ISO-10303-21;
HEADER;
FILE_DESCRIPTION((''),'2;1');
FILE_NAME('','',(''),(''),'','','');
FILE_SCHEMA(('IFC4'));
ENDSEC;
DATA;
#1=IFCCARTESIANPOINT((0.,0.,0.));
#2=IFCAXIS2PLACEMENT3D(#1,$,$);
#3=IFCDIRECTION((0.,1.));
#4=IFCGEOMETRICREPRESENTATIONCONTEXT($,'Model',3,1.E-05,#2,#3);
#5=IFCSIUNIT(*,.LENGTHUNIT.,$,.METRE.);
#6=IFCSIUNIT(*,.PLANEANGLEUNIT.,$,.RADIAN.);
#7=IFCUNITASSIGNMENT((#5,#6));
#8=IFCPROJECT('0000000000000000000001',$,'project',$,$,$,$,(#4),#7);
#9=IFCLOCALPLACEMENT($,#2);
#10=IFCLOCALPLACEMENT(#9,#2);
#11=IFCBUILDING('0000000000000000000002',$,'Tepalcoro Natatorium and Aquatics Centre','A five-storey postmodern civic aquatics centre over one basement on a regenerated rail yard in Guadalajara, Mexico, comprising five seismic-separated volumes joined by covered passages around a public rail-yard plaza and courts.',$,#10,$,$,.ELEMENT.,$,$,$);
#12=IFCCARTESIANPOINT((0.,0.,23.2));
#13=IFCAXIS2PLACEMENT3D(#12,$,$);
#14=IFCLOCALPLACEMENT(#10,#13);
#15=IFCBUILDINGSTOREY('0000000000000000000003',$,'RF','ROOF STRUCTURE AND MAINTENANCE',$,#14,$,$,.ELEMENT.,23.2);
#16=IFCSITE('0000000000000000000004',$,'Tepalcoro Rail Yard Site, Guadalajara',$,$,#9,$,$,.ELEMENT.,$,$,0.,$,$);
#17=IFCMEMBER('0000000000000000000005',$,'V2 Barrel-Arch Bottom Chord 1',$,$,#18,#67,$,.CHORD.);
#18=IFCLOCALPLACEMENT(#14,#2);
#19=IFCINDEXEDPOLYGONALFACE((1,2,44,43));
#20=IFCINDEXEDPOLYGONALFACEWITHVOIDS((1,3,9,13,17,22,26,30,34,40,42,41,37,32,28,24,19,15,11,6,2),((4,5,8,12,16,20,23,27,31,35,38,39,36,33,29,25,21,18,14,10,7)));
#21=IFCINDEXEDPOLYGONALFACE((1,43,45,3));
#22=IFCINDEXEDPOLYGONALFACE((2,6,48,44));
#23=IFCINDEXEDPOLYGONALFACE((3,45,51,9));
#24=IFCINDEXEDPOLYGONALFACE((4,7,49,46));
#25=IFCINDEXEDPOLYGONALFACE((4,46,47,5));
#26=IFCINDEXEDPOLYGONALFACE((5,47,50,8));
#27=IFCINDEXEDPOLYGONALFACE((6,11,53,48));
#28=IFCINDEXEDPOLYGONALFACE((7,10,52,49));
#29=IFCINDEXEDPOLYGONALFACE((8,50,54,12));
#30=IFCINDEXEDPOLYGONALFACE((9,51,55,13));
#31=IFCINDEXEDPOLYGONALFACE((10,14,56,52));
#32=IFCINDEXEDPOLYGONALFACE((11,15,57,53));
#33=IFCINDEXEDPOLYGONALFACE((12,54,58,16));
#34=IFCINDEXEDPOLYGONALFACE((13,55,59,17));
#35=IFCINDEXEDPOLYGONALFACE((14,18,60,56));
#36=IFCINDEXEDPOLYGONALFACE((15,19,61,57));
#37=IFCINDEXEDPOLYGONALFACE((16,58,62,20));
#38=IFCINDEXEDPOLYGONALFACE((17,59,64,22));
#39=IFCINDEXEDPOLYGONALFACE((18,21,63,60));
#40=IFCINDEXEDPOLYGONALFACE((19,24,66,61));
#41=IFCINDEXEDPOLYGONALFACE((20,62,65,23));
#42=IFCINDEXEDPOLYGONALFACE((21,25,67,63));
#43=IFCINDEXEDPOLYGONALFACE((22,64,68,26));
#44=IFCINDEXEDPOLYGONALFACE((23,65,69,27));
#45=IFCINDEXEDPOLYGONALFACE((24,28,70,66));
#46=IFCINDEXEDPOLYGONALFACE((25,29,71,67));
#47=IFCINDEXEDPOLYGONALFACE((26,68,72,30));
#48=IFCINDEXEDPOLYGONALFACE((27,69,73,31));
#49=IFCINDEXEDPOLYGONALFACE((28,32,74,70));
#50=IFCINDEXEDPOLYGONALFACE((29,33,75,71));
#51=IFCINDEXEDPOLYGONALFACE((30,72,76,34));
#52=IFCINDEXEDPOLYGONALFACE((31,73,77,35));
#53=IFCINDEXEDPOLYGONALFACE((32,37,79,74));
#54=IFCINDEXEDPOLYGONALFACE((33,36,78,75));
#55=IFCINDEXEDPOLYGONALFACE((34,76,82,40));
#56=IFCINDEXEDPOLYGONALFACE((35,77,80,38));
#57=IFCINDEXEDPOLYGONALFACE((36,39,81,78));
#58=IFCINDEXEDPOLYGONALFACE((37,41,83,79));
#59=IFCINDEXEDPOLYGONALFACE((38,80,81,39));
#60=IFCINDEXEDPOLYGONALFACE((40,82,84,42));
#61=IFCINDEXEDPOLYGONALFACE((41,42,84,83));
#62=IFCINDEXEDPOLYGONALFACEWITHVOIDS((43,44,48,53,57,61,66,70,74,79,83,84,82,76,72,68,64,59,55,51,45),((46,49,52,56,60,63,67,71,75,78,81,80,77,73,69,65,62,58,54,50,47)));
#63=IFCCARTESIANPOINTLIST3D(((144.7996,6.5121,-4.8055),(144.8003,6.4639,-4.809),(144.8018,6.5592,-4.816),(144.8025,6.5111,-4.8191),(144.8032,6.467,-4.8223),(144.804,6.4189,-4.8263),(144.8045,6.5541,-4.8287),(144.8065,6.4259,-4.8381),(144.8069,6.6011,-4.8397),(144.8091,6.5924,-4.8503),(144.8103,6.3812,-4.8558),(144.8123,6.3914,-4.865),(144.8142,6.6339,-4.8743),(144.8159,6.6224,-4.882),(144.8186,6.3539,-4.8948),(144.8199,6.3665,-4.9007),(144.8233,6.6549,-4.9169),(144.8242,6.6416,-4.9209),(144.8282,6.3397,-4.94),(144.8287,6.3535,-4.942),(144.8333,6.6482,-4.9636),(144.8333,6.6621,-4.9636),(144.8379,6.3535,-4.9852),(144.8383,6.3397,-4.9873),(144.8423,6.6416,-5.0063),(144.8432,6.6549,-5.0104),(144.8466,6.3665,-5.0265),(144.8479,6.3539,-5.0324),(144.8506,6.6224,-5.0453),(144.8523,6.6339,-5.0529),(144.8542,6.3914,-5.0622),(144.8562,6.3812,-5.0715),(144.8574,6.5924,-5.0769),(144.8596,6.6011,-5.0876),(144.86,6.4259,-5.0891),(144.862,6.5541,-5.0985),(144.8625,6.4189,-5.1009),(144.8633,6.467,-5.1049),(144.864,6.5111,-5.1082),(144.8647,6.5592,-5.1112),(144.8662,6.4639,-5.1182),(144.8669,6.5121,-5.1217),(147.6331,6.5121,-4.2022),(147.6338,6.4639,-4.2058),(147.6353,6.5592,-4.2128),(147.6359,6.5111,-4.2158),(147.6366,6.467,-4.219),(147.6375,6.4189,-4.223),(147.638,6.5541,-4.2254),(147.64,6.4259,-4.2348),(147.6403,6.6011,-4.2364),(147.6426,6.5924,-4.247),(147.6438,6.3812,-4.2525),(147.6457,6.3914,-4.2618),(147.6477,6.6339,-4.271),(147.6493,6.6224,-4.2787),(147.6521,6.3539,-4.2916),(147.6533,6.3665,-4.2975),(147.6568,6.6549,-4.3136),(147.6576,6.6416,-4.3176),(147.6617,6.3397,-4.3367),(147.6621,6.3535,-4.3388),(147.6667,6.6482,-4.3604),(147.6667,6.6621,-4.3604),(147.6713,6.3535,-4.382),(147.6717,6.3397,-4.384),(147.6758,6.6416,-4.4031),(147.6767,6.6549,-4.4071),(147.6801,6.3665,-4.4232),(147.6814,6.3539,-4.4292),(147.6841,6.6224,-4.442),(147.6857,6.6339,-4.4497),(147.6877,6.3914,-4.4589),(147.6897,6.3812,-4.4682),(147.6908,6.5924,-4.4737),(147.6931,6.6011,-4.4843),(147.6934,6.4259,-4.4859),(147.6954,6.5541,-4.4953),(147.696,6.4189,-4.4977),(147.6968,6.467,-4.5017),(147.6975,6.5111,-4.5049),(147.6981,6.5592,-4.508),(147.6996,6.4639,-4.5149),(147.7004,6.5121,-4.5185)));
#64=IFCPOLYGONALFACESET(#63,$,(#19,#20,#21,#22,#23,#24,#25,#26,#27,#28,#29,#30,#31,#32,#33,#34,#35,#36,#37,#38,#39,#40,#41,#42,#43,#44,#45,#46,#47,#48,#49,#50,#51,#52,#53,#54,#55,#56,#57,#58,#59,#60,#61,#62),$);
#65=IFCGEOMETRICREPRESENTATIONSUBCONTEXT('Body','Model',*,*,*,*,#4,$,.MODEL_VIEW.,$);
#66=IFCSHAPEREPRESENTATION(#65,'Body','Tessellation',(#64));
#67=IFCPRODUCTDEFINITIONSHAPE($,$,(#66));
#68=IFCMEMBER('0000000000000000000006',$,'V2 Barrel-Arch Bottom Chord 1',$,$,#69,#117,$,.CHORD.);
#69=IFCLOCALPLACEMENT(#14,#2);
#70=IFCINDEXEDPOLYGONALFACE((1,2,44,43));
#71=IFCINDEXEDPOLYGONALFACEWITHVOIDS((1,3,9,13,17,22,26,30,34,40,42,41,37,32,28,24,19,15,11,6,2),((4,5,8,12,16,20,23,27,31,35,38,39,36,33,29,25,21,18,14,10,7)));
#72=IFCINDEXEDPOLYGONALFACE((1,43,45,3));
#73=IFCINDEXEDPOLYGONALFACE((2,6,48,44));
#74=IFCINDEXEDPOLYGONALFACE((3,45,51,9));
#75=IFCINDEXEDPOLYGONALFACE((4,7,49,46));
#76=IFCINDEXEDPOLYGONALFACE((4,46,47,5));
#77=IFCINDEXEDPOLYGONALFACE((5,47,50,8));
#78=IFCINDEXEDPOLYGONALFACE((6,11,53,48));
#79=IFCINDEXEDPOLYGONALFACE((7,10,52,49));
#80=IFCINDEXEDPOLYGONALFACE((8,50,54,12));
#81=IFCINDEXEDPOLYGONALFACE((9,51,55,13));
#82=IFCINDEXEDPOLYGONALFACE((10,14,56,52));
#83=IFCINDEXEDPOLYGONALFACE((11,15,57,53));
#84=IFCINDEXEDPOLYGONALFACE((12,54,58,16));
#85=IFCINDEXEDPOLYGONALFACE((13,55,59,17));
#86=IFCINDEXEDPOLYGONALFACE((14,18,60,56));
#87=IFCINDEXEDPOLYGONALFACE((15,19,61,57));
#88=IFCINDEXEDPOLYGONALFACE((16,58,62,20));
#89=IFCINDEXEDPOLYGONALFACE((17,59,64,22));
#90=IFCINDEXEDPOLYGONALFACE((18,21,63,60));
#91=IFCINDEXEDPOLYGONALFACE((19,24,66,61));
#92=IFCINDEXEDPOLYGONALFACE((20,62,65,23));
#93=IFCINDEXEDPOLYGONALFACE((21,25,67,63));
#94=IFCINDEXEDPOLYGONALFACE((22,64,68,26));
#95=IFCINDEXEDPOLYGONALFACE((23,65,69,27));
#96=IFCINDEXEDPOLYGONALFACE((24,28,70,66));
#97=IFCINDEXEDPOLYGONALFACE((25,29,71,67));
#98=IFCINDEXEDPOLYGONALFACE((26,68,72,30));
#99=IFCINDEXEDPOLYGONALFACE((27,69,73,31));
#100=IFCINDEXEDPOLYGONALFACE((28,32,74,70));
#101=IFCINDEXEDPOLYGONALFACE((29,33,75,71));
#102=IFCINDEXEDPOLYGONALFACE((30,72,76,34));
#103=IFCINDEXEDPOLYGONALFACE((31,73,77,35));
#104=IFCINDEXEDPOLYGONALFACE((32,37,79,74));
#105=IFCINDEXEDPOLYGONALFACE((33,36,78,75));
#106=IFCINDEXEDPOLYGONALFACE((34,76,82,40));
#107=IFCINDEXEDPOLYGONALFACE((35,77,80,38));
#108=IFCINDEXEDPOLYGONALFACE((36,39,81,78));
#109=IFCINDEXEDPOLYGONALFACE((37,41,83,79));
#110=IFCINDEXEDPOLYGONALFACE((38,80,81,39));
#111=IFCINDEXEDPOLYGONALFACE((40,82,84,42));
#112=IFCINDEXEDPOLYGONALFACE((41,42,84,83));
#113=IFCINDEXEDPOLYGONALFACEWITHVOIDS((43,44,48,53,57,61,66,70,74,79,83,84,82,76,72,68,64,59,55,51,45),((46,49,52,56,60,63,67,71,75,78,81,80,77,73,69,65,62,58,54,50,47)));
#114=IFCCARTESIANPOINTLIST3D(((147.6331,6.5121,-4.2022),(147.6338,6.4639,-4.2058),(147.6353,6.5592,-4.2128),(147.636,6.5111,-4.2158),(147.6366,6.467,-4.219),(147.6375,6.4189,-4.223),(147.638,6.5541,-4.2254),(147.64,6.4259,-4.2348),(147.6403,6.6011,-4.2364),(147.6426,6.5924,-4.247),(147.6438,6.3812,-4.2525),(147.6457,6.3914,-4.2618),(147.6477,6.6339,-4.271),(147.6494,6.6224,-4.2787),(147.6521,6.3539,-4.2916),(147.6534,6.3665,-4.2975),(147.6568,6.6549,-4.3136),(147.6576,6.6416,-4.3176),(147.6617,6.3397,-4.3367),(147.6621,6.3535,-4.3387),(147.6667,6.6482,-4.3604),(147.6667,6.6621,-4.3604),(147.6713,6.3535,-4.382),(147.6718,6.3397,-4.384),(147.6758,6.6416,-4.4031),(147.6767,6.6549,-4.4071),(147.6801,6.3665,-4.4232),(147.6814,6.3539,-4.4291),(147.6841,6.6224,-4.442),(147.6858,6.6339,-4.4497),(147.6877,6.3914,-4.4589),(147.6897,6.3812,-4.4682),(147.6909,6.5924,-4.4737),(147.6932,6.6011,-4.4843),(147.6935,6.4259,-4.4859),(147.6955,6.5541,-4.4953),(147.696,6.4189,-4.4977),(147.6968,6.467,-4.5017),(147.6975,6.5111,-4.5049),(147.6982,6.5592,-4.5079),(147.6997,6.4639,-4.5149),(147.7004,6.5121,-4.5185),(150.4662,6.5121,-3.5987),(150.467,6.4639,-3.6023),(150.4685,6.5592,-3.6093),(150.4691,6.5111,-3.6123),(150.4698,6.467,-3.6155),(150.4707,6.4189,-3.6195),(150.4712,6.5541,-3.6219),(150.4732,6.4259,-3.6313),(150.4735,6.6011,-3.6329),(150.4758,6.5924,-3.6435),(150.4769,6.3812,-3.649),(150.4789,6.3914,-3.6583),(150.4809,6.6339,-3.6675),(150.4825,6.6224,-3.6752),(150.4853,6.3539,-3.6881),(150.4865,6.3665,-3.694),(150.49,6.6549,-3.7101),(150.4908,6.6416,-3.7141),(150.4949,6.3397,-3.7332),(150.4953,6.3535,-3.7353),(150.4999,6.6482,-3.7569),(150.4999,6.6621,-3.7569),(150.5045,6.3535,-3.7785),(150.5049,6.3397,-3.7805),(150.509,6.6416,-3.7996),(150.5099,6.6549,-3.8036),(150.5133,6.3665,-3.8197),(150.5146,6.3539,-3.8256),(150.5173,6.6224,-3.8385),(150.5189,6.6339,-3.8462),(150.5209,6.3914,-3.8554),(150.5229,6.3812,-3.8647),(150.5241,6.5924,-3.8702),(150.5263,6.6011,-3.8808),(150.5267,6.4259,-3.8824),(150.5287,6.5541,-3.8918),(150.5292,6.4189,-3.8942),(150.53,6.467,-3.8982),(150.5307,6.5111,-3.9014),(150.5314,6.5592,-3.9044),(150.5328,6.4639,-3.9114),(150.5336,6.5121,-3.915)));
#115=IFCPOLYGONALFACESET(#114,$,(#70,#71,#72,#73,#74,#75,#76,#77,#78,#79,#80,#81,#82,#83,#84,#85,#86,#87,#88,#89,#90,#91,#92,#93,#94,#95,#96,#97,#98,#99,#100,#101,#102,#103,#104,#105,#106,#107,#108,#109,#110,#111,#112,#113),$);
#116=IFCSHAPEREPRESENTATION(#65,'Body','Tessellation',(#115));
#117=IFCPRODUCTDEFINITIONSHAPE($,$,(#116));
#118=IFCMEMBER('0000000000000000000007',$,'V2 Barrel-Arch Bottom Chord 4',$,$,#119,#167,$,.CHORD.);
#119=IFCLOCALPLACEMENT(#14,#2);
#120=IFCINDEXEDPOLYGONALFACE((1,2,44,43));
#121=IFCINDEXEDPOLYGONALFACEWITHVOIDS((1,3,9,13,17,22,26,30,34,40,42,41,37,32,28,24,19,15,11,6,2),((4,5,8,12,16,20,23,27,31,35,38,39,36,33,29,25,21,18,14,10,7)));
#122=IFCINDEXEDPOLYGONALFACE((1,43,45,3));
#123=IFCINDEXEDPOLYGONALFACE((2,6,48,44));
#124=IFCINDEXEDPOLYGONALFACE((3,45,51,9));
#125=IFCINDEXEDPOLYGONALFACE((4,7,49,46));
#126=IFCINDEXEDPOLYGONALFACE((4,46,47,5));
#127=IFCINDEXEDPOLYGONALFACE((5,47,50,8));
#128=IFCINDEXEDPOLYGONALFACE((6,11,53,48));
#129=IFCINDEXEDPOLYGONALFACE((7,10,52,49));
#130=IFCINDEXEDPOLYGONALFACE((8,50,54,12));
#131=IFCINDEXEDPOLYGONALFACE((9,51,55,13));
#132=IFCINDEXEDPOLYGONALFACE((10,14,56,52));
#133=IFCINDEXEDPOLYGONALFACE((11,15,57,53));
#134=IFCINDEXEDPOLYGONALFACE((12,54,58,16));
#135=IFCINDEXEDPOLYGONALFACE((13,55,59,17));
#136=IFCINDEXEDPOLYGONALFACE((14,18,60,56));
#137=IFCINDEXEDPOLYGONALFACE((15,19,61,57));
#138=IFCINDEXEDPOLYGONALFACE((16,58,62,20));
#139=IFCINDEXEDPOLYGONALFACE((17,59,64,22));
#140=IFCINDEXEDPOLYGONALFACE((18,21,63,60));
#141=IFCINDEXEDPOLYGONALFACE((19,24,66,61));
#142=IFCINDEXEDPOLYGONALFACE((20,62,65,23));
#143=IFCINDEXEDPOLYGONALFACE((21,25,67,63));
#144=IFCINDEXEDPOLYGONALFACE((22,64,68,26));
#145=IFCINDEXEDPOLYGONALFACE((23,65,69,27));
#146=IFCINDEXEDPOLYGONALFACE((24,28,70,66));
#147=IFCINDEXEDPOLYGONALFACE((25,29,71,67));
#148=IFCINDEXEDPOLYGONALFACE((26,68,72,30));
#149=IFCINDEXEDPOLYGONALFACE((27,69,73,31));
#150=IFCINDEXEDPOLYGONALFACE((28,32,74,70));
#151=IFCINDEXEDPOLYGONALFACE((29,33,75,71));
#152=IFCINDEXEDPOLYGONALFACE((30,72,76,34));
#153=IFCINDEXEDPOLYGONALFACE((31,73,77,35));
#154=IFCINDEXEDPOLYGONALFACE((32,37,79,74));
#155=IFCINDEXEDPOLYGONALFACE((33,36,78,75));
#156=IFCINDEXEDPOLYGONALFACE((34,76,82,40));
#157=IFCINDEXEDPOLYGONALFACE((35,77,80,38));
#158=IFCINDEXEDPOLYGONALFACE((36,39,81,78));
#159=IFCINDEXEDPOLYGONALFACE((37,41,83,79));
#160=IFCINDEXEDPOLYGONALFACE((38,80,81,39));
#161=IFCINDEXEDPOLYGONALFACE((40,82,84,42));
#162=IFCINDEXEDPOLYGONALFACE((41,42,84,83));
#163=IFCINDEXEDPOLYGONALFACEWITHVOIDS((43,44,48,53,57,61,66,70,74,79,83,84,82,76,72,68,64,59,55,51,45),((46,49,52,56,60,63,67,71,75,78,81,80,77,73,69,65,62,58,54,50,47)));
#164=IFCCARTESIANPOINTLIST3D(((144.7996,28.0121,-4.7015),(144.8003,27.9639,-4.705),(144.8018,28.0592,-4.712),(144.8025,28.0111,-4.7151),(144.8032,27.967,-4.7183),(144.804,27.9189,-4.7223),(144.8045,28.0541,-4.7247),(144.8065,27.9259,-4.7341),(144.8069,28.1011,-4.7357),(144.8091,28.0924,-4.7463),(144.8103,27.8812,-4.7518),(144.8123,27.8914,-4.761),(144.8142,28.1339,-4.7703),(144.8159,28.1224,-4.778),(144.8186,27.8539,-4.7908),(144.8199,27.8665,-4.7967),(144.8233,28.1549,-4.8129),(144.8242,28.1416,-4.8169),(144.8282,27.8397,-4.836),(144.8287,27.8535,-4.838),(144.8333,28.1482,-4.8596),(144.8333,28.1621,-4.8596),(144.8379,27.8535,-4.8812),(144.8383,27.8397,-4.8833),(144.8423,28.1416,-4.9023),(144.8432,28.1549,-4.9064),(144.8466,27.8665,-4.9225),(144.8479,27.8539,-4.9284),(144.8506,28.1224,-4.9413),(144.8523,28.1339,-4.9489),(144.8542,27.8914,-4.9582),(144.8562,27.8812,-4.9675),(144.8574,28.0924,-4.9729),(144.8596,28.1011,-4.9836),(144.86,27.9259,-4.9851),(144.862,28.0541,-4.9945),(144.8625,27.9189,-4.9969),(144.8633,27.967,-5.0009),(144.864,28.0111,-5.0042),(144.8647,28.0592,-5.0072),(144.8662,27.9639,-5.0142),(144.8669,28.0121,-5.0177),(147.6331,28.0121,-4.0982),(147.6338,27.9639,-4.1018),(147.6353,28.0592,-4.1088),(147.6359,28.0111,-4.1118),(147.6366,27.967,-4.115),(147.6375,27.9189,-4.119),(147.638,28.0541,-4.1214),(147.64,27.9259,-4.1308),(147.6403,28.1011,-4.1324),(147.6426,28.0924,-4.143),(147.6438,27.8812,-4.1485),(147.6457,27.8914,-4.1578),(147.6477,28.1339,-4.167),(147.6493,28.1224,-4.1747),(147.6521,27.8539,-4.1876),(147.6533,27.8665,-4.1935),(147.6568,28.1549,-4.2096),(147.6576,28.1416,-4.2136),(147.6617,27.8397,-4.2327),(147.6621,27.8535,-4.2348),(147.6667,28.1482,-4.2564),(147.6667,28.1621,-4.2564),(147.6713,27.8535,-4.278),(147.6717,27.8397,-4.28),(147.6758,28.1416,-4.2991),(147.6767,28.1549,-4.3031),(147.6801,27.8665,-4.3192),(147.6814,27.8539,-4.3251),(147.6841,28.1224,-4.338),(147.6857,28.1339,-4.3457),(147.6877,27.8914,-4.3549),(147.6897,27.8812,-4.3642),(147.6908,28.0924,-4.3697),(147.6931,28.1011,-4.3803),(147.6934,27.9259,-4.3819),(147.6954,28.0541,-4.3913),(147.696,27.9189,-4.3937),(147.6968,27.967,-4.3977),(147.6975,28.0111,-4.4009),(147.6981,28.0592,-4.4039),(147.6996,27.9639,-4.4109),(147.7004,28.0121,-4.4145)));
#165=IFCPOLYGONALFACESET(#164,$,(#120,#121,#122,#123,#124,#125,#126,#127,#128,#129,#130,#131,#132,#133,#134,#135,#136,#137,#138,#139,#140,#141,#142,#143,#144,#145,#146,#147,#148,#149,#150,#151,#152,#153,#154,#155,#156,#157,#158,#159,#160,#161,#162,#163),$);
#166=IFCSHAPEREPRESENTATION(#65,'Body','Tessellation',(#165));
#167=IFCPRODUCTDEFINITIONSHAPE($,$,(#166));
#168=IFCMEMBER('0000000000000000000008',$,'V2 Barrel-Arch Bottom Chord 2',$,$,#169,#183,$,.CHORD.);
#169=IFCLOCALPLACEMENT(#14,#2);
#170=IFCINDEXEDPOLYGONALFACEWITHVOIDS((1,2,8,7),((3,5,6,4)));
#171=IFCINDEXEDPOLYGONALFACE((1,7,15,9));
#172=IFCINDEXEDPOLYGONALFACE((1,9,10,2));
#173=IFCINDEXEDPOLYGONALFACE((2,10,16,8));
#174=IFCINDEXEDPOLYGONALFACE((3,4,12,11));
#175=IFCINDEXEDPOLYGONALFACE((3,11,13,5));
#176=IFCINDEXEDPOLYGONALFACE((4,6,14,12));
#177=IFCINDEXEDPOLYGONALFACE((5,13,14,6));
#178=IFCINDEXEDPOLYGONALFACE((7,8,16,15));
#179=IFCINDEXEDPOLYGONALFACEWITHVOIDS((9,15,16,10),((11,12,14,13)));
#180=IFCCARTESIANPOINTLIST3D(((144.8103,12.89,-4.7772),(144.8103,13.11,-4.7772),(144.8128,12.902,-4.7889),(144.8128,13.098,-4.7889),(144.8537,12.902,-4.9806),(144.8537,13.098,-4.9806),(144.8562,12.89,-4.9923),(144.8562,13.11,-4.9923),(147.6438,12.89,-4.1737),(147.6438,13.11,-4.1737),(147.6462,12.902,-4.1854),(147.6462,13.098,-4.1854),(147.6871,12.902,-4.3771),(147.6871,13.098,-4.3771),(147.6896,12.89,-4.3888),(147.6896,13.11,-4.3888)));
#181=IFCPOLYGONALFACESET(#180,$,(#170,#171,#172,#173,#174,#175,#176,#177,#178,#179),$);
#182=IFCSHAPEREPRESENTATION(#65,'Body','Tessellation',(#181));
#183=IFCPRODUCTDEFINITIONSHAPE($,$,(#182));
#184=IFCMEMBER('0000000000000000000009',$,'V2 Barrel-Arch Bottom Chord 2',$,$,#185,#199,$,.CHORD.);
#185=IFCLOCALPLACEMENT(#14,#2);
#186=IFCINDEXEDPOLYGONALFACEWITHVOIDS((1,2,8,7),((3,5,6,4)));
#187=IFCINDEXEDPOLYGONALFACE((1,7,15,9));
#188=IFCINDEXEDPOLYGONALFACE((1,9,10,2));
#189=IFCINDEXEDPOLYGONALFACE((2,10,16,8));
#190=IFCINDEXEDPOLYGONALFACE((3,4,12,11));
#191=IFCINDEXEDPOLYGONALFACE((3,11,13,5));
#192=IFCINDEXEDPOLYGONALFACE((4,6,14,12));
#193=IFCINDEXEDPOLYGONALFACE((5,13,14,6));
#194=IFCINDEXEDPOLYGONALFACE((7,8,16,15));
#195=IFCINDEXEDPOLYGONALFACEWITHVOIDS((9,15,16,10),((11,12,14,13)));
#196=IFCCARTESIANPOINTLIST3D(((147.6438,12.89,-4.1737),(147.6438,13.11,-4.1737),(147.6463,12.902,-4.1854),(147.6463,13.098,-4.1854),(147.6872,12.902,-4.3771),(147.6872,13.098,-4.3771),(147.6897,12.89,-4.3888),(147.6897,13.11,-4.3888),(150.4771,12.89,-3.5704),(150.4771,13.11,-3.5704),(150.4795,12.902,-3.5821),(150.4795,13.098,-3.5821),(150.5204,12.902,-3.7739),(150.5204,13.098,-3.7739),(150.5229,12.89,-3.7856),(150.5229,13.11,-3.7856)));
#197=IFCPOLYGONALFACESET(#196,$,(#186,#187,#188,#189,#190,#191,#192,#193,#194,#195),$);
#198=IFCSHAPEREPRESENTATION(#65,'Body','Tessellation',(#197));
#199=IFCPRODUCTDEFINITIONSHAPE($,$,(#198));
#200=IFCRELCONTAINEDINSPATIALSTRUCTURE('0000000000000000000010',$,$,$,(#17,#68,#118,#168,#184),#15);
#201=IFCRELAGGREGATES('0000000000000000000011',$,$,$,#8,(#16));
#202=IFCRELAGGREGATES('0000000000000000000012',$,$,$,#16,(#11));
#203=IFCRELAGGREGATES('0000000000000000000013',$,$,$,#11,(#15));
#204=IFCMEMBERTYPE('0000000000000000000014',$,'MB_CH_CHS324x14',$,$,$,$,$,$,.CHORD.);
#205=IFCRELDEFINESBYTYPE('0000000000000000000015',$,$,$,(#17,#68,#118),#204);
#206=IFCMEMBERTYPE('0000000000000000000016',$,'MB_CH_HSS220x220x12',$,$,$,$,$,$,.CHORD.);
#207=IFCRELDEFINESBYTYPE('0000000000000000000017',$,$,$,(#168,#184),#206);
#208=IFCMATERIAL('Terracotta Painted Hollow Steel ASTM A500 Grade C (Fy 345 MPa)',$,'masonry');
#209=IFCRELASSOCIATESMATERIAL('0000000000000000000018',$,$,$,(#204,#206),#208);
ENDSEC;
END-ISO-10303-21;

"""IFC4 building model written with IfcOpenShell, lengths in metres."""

from ifc_helpers import new_model, si_unit, direction, frame, origin, origin_2d, place, context, subcontext, project, spatial, hollow_rectangle, hollow_circle, extrude, material, material_profile, profile_set, type_object, element, save


model = new_model("IFC4")

# Units and contexts
model_context = context("Model", 3, precision=1e-05, world=origin(), true_north=direction((0.0, 1.0)))
body_context = subcontext(model_context, "Body", "Model", "MODEL_VIEW")
ifc_project = project(units=[si_unit("LENGTHUNIT", "METRE"), si_unit("PLANEANGLEUNIT", "RADIAN")], contexts=[model_context])

# Site, building, storey
site_placement = place(None, origin())
site = spatial("IfcSite", under=ifc_project, at=site_placement, Name="Tepalcoro Rail Yard Site, Guadalajara", CompositionType="ELEMENT", RefElevation=0.0)
building_placement = place(site_placement, origin())
building = spatial("IfcBuilding", under=site, at=building_placement, Name="Tepalcoro Natatorium and Aquatics Centre", Description="A five-storey postmodern civic aquatics centre over one basement on a regenerated rail yard in Guadalajara, Mexico, comprising five seismic-separated volumes joined by covered passages around a public rail-yard plaza and courts.", CompositionType="ELEMENT")
storey_placement = place(building_placement, frame((0.0, 0.0, 23.2)))
storey = spatial("IfcBuildingStorey", under=building, at=storey_placement, Name="RF", Description="ROOF STRUCTURE AND MAINTENANCE", CompositionType="ELEMENT", Elevation=23.2)

# Shared definitions
ifc_material = material(Name="Terracotta Painted Hollow Steel ASTM A500 Grade C (Fy 345 MPa)", Category="masonry")

# Members
ifc_material_profile_1 = material_profile(ifc_material, hollow_circle(Radius=0.1621, WallThickness=0.0139, at=origin_2d()), Name="CHS324X14")
ifc_profile_set_1 = profile_set([ifc_material_profile_1], Name="Terracotta Painted Hollow Steel ASTM A500 Grade C (Fy 345 MPa)")
member_type_1 = type_object("IfcMemberType", Name="MB_CH_CHS324x14", PredefinedType="CHORD", material=ifc_profile_set_1)
member_1_placement = place(storey_placement, frame((144.8333, 6.5, -4.9636), z_axis=(0.978078, 0.0, 0.20824), x_axis=(0.0, 1.0, 0.0)))
element("IfcMember", 1, at=member_1_placement, inside=storey, type_object=member_type_1, Name="V2 Barrel-Arch Bottom Chord 1", PredefinedType="CHORD", context=body_context, shape_type="SweptSolid", body=[
    extrude(hollow_circle(Radius=0.1621, WallThickness=0.0139, at=origin_2d()), origin(), (0.0, 0.0, 1.0), 2.897),
])
member_2_placement = place(storey_placement, frame((147.6667, 6.5, -4.3604), z_axis=(0.978057, 0.0, 0.208338), x_axis=(0.0, 1.0, 0.0)))
element("IfcMember", 2, at=member_2_placement, inside=storey, type_object=member_type_1, Name="V2 Barrel-Arch Bottom Chord 1", PredefinedType="CHORD", context=body_context, shape_type="SweptSolid", body=[
    extrude(hollow_circle(Radius=0.1621, WallThickness=0.0139, at=origin_2d()), origin(), (0.0, 0.0, 1.0), 2.8967),
])
member_3_placement = place(storey_placement, frame((144.8333, 28.0, -4.8596), z_axis=(0.978078, 0.0, 0.20824), x_axis=(0.0, 1.0, 0.0)))
element("IfcMember", 3, at=member_3_placement, inside=storey, type_object=member_type_1, Name="V2 Barrel-Arch Bottom Chord 4", PredefinedType="CHORD", context=body_context, shape_type="SweptSolid", body=[
    extrude(hollow_circle(Radius=0.1621, WallThickness=0.0139, at=origin_2d()), origin(), (0.0, 0.0, 1.0), 2.897),
])
ifc_material_profile_2 = material_profile(ifc_material, hollow_rectangle(XDim=0.22, YDim=0.22, WallThickness=0.012, at=origin_2d()), Name="HSS220X220X12")
ifc_profile_set_2 = profile_set([ifc_material_profile_2], Name="Terracotta Painted Hollow Steel ASTM A500 Grade C (Fy 345 MPa)")
member_type_2 = type_object("IfcMemberType", Name="MB_CH_HSS220x220x12", PredefinedType="CHORD", material=ifc_profile_set_2)
member_4_placement = place(storey_placement, frame((144.8333, 13.0, -4.8848), z_axis=(0.978061, 0.0, 0.20832), x_axis=(0.0, 1.0, 0.0)))
element("IfcMember", 4, at=member_4_placement, inside=storey, type_object=member_type_2, Name="V2 Barrel-Arch Bottom Chord 2", PredefinedType="CHORD", context=body_context, shape_type="SweptSolid", body=[
    extrude(hollow_rectangle(XDim=0.22, YDim=0.22, WallThickness=0.012, at=origin_2d()), origin(), (0.0, 0.0, 1.0), 2.897),
])
member_5_placement = place(storey_placement, frame((147.6667, 13.0, -4.2812), z_axis=(0.978074, 0.0, 0.208257), x_axis=(0.0, 1.0, 0.0)))
element("IfcMember", 5, at=member_5_placement, inside=storey, type_object=member_type_2, Name="V2 Barrel-Arch Bottom Chord 2", PredefinedType="CHORD", context=body_context, shape_type="SweptSolid", body=[
    extrude(hollow_rectangle(XDim=0.22, YDim=0.22, WallThickness=0.012, at=origin_2d()), origin(), (0.0, 0.0, 1.0), 2.8967),
])

save(model, "model.ifc")
